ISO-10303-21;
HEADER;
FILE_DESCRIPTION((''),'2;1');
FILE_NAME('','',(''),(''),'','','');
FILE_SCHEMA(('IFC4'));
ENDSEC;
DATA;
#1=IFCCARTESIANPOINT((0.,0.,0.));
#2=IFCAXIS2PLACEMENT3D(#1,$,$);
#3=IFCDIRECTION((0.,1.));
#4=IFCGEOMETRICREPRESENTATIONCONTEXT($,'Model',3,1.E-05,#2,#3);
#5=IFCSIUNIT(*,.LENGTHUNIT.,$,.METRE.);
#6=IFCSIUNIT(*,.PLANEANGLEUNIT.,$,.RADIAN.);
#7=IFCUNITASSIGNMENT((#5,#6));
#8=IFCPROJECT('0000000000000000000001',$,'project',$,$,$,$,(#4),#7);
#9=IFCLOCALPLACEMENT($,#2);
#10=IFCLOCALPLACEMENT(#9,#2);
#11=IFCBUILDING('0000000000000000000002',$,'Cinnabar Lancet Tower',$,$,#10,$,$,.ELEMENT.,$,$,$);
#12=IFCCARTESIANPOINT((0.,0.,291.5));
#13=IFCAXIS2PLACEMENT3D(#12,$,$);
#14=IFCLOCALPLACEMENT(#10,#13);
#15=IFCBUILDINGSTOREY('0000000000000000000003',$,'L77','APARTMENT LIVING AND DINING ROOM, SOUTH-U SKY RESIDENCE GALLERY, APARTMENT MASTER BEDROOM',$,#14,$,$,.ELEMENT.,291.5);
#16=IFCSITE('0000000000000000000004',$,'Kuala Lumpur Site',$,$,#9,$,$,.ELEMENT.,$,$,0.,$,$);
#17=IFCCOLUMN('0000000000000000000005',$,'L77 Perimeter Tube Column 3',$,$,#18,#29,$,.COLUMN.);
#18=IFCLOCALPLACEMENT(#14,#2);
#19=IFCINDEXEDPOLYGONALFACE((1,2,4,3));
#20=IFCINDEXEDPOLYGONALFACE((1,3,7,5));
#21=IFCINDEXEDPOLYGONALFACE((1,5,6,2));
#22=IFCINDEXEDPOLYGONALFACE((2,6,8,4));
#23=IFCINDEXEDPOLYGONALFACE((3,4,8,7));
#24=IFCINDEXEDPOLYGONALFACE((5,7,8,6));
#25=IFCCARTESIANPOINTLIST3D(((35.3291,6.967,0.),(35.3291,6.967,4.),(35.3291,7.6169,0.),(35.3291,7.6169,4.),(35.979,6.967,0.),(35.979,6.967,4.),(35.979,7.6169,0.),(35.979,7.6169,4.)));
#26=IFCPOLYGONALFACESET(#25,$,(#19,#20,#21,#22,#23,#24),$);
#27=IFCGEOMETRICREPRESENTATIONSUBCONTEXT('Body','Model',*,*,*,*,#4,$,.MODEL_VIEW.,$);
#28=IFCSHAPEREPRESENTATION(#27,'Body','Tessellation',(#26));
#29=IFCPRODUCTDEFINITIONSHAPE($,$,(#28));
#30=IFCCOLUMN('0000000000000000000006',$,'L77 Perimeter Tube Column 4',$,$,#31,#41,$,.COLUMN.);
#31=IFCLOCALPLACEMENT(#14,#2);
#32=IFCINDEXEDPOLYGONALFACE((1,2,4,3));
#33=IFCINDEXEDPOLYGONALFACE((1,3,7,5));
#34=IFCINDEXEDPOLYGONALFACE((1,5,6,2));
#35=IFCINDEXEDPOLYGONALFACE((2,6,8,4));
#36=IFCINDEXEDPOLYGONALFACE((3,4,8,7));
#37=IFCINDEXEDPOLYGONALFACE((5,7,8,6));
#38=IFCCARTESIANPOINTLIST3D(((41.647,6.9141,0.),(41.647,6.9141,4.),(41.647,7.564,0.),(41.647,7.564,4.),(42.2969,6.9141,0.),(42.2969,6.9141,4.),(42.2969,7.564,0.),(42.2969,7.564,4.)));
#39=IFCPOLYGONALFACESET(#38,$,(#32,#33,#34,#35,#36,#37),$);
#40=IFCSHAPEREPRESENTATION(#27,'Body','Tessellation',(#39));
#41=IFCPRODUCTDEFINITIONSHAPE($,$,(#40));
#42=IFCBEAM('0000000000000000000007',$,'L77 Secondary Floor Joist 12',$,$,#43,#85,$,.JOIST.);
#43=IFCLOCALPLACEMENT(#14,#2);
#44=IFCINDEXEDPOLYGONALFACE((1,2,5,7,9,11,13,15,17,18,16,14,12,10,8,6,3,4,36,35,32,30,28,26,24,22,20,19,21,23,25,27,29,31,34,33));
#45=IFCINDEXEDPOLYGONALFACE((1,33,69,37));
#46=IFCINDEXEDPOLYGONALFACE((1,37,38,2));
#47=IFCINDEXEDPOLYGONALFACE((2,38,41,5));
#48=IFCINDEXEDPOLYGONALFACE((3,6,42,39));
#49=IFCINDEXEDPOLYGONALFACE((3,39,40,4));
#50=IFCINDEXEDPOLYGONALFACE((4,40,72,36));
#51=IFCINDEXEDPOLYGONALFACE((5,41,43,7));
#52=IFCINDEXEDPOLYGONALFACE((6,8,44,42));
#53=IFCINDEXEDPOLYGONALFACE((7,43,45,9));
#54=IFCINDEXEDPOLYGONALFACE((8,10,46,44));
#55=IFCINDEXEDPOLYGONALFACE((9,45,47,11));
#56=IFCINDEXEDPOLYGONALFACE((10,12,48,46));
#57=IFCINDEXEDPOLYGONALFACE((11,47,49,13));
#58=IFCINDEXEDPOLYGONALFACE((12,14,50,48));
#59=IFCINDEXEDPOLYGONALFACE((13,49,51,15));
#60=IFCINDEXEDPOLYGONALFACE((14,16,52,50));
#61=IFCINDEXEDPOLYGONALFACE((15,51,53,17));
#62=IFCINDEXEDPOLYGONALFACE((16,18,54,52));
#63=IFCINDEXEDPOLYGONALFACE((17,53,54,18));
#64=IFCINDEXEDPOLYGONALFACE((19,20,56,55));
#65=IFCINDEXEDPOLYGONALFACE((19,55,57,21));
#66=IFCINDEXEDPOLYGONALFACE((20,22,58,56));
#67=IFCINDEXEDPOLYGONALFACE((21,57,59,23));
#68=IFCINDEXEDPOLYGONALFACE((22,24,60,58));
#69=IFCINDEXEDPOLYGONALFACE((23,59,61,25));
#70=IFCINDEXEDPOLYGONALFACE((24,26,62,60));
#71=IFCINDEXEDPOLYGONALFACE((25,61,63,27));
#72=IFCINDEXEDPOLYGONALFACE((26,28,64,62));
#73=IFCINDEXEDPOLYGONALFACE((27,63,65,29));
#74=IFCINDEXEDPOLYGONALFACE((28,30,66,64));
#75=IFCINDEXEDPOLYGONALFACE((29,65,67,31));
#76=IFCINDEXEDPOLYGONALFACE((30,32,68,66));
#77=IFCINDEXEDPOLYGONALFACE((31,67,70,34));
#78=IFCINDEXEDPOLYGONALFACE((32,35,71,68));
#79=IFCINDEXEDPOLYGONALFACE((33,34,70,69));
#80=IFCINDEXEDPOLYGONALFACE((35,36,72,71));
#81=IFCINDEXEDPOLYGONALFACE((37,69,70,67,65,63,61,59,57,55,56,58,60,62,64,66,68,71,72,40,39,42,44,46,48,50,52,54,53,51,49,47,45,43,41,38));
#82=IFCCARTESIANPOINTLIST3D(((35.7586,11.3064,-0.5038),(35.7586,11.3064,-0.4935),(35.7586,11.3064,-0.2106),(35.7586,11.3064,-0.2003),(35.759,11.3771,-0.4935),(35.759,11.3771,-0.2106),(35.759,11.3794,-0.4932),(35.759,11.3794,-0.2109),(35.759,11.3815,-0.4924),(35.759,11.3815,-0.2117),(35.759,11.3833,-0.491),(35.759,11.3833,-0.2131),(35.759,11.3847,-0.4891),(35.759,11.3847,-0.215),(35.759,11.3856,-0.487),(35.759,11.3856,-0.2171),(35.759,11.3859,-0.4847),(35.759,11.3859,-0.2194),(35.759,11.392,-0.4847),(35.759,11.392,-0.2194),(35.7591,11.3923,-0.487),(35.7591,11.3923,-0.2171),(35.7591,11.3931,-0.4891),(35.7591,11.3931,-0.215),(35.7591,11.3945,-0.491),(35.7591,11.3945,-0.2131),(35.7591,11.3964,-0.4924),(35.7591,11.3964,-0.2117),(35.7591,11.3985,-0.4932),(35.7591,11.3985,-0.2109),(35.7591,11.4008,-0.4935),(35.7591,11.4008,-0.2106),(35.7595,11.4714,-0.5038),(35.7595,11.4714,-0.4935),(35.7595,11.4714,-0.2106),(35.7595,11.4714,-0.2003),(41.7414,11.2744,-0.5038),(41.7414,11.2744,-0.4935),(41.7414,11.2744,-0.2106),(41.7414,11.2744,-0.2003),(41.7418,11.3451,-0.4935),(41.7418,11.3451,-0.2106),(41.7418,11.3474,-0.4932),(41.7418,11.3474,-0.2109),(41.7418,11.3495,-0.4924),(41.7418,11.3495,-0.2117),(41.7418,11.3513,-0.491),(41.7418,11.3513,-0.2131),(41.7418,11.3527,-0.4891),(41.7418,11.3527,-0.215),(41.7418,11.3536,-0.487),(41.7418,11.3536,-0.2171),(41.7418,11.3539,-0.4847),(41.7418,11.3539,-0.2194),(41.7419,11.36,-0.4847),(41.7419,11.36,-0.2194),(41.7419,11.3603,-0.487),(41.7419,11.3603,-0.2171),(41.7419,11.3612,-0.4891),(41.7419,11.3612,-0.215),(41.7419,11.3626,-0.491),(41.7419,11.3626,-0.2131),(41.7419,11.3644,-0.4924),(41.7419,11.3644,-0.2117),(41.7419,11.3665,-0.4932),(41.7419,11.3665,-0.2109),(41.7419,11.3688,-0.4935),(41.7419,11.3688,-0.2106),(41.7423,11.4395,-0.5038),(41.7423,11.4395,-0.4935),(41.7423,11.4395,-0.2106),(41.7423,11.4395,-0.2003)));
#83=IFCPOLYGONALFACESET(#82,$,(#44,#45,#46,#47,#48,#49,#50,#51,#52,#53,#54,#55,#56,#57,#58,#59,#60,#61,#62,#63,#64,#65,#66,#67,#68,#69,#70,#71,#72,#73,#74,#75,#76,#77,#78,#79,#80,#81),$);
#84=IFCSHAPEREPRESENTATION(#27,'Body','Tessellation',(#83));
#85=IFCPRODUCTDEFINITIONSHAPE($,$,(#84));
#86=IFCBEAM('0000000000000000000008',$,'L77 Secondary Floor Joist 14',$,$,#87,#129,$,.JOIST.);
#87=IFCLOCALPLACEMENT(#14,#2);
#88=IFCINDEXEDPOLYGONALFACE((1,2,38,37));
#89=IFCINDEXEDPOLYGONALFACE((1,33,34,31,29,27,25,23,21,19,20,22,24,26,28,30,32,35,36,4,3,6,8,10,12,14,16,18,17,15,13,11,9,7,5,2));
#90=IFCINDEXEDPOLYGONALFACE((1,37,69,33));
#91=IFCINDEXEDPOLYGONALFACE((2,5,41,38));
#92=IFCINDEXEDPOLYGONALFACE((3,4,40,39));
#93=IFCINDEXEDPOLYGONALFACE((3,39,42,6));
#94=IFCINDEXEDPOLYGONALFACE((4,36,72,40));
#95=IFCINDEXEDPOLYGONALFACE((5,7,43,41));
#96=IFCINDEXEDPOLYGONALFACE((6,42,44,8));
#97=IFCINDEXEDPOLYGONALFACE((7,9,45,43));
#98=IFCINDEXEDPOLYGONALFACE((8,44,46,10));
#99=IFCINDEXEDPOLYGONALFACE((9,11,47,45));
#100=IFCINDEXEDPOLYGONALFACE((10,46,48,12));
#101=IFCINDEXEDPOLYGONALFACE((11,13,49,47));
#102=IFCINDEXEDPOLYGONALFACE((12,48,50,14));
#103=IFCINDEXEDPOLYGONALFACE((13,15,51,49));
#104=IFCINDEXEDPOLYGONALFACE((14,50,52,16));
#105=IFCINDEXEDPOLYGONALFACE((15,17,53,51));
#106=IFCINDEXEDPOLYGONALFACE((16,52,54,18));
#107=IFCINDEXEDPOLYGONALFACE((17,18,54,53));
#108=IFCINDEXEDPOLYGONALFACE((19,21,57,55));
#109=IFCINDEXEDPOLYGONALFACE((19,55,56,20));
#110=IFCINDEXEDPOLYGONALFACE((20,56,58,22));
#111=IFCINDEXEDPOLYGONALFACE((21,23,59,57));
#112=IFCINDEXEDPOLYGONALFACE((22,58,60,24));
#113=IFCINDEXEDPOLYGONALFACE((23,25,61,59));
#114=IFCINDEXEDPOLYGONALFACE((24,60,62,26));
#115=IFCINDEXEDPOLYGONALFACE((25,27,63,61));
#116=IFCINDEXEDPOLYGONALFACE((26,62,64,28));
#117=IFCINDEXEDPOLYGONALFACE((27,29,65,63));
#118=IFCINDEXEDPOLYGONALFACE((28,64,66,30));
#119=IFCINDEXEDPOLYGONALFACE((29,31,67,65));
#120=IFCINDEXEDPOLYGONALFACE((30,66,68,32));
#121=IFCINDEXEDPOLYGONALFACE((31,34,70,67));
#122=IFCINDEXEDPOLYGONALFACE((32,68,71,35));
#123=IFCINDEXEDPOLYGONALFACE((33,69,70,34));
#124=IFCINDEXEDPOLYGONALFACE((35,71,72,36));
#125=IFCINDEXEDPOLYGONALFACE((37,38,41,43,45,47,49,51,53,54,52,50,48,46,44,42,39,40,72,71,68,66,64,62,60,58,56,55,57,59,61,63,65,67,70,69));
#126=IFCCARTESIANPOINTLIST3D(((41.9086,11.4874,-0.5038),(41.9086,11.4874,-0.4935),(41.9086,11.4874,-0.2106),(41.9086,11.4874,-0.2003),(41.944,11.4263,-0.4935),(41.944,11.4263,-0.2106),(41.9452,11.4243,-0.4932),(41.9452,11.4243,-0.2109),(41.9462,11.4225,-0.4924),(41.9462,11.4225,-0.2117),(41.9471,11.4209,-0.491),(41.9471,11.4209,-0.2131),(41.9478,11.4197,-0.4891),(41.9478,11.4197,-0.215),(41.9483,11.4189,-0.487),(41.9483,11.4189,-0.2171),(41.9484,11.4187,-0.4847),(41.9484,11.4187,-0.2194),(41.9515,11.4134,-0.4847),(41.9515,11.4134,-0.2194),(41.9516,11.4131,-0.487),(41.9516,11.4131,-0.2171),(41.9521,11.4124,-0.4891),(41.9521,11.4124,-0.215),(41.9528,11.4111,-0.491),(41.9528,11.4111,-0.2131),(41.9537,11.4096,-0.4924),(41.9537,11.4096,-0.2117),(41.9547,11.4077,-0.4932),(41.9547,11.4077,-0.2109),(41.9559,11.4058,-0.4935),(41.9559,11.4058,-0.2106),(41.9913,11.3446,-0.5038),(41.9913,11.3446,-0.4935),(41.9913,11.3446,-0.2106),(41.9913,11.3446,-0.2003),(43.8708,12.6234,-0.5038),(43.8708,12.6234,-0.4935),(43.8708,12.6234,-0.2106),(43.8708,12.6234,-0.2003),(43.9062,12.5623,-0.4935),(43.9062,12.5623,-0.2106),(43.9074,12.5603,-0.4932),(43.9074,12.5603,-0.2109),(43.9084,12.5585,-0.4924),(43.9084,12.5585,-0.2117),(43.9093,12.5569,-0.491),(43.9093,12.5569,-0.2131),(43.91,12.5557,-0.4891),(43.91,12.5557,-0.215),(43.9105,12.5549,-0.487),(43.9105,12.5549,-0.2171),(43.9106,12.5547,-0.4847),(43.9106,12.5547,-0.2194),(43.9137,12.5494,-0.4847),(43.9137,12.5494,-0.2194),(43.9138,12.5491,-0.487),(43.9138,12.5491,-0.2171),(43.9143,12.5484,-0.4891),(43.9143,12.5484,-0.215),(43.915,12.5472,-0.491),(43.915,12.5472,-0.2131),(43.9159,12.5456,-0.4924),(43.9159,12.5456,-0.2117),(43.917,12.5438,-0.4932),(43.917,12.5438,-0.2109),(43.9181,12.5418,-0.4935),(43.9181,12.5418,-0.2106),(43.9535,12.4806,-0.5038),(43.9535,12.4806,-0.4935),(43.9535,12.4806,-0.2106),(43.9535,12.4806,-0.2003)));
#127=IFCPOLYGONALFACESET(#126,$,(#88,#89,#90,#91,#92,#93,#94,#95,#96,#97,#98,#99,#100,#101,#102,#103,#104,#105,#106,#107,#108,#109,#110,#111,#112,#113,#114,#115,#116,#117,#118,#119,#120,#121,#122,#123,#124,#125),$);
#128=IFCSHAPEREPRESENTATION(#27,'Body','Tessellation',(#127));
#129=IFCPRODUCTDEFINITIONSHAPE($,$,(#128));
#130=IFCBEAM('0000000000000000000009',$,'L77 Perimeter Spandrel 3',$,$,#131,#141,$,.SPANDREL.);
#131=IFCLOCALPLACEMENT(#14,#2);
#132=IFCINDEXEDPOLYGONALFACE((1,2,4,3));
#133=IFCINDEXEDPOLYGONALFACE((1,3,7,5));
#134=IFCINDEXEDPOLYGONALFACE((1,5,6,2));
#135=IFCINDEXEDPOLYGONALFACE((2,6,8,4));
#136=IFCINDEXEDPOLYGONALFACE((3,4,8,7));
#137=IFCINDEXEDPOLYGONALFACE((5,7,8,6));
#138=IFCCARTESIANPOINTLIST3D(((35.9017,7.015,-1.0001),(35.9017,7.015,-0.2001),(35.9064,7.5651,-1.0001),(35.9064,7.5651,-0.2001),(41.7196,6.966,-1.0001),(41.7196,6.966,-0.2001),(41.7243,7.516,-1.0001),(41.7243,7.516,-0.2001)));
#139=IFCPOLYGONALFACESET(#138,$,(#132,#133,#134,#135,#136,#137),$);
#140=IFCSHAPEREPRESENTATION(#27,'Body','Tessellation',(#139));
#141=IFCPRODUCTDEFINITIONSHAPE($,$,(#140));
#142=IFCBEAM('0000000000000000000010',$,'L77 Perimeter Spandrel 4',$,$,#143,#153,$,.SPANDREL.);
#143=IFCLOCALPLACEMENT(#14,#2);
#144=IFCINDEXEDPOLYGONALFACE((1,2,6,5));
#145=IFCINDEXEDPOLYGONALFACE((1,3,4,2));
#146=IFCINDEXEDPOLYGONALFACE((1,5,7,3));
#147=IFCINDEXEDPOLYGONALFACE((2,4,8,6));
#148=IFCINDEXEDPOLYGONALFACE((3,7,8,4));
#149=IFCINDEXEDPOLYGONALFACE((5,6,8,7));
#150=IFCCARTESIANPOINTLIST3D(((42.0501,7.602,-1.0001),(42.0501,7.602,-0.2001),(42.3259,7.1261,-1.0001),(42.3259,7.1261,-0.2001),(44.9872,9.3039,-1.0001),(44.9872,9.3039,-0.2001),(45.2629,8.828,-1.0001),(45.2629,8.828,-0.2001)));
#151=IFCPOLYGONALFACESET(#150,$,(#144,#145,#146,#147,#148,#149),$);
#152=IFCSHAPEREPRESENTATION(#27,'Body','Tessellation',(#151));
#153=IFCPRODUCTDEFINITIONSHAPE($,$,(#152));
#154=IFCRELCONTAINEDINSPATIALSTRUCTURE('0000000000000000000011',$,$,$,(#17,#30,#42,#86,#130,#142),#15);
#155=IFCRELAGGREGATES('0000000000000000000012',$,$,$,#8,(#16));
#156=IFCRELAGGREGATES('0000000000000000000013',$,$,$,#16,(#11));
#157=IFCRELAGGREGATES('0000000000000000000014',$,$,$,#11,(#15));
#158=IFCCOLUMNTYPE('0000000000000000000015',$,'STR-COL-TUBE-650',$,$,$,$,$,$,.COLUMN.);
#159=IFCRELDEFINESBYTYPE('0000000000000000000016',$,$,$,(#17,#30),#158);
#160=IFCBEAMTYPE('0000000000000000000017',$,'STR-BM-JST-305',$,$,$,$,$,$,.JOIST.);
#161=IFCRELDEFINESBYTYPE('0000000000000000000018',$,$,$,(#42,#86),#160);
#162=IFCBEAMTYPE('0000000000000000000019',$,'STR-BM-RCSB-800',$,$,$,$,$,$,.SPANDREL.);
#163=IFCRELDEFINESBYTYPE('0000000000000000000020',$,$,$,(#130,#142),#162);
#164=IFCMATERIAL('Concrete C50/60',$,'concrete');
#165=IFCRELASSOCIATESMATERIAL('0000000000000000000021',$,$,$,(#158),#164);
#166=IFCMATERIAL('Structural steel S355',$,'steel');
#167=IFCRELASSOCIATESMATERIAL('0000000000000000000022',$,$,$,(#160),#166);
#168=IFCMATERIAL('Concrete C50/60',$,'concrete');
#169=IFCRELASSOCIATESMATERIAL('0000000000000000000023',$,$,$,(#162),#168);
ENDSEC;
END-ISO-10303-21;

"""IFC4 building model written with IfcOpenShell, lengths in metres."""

from ifc_helpers import new_model, si_unit, direction, frame, origin, origin_2d, place, context, subcontext, project, spatial, rectangle, i_section, extrude, material, material_profile, profile_set, type_object, element, save


model = new_model("IFC4")

# Units and contexts
model_context = context("Model", 3, precision=1e-05, world=origin(), true_north=direction((0.0, 1.0)))
body_context = subcontext(model_context, "Body", "Model", "MODEL_VIEW")
ifc_project = project(units=[si_unit("LENGTHUNIT", "METRE"), si_unit("PLANEANGLEUNIT", "RADIAN")], contexts=[model_context])

# Site, building, storey
site_placement = place(None, origin())
site = spatial("IfcSite", under=ifc_project, at=site_placement, Name="Kuala Lumpur Site", CompositionType="ELEMENT", RefElevation=0.0)
building_placement = place(site_placement, origin())
building = spatial("IfcBuilding", under=site, at=building_placement, Name="Cinnabar Lancet Tower", CompositionType="ELEMENT")
storey_placement = place(building_placement, frame((0.0, 0.0, 291.5)))
storey = spatial("IfcBuildingStorey", under=building, at=storey_placement, Name="L77", Description="APARTMENT LIVING AND DINING ROOM, SOUTH-U SKY RESIDENCE GALLERY, APARTMENT MASTER BEDROOM", CompositionType="ELEMENT", Elevation=291.5)

# Columns
ifc_material_1 = material(Name="Concrete C50/60", Category="concrete")
ifc_material_profile_1 = material_profile(ifc_material_1, rectangle(XDim=0.6499, YDim=0.6499, at=origin_2d()), Name="RC-COL 650x650")
ifc_profile_set_1 = profile_set([ifc_material_profile_1], Name="Concrete C50/60")
column_type = type_object("IfcColumnType", Name="STR-COL-TUBE-650", PredefinedType="COLUMN", material=ifc_profile_set_1)
for number, where, z_axis, x_axis, name in (
    (1, (35.6541, 7.292, 0.0), (0.0, 0.0, 1.0), (1.0, 0.0, 0.0), "L77 Perimeter Tube Column 3"),
    (2, (41.9719, 7.239, 0.0), (0.0, 0.0, 1.0), (1.0, 0.0, 0.0), "L77 Perimeter Tube Column 4"),
):
    element("IfcColumn", number, at=place(storey_placement, frame(where, z_axis=z_axis, x_axis=x_axis)), inside=storey, type_object=column_type, Name=name, PredefinedType="COLUMN", context=body_context, shape_type="SweptSolid", body=[
        extrude(rectangle(XDim=0.6499, YDim=0.6499, at=origin_2d()), origin(), (0.0, 0.0, 1.0), 4.0),
    ])

# Beams
ifc_material_2 = material(Name="Structural steel S355", Category="steel")
ifc_material_profile_2 = material_profile(ifc_material_2, i_section(OverallWidth=0.165, OverallDepth=0.3035, WebThickness=0.0061, FlangeThickness=0.0103, FilletRadius=0.0088, at=origin_2d()), Name="UKB 305x165x40")
ifc_profile_set_2 = profile_set([ifc_material_profile_2], Name="Structural steel S355")
beam_type_1 = type_object("IfcBeamType", Name="STR-BM-JST-305", PredefinedType="JOIST", material=ifc_profile_set_2)
beam_1_placement = place(storey_placement, frame((35.759, 11.3889, -0.3521), z_axis=(0.999986, -0.005346, 0.0), x_axis=(0.005346, 0.999986, 0.0)))
element("IfcBeam", 3, at=beam_1_placement, inside=storey, type_object=beam_type_1, Name="L77 Secondary Floor Joist 12", PredefinedType="JOIST", context=body_context, shape_type="SweptSolid", body=[
    extrude(i_section(OverallWidth=0.165, OverallDepth=0.3035, WebThickness=0.0061, FlangeThickness=0.0103, FilletRadius=0.0088, at=origin_2d()), origin(), (0.0, 0.0, 1.0), 5.9829),
])
beam_2_placement = place(storey_placement, frame((41.95, 11.416, -0.3521), z_axis=(0.865426, 0.501036, 0.0), x_axis=(-0.501036, 0.865426, 0.0)))
element("IfcBeam", 4, at=beam_2_placement, inside=storey, type_object=beam_type_1, Name="L77 Secondary Floor Joist 14", PredefinedType="JOIST", context=body_context, shape_type="SweptSolid", body=[
    extrude(i_section(OverallWidth=0.165, OverallDepth=0.3035, WebThickness=0.0061, FlangeThickness=0.0103, FilletRadius=0.0088, at=origin_2d()), origin(), (0.0, 0.0, 1.0), 2.2673),
])
ifc_material_3 = material(Name="Concrete C50/60", Category="concrete")
ifc_material_profile_3 = material_profile(ifc_material_3, rectangle(XDim=0.55, YDim=0.8, at=origin_2d()), Name="RC-SB 550x800")
ifc_profile_set_3 = profile_set([ifc_material_profile_3], Name="Concrete C50/60")
beam_type_2 = type_object("IfcBeamType", Name="STR-BM-RCSB-800", PredefinedType="SPANDREL", material=ifc_profile_set_3)
beam_3_placement = place(storey_placement, frame((35.9041, 7.29, -0.6001), z_axis=(0.999964, -0.008434, 0.0), x_axis=(0.008434, 0.999964, 0.0)))
element("IfcBeam", 5, at=beam_3_placement, inside=storey, type_object=beam_type_2, Name="L77 Perimeter Spandrel 3", PredefinedType="SPANDREL", context=body_context, shape_type="SweptSolid", body=[
    extrude(rectangle(XDim=0.55, YDim=0.8, at=origin_2d()), origin(), (0.0, 0.0, 1.0), 5.8181),
])
beam_4_placement = place(storey_placement, frame((42.188, 7.364, -0.6001), z_axis=(0.865231, 0.501374, 0.0), x_axis=(-0.501374, 0.865231, 0.0)))
element("IfcBeam", 6, at=beam_4_placement, inside=storey, type_object=beam_type_2, Name="L77 Perimeter Spandrel 4", PredefinedType="SPANDREL", context=body_context, shape_type="SweptSolid", body=[
    extrude(rectangle(XDim=0.55, YDim=0.8, at=origin_2d()), origin(), (0.0, 0.0, 1.0), 3.3945),
])

save(model, "model.ifc")
